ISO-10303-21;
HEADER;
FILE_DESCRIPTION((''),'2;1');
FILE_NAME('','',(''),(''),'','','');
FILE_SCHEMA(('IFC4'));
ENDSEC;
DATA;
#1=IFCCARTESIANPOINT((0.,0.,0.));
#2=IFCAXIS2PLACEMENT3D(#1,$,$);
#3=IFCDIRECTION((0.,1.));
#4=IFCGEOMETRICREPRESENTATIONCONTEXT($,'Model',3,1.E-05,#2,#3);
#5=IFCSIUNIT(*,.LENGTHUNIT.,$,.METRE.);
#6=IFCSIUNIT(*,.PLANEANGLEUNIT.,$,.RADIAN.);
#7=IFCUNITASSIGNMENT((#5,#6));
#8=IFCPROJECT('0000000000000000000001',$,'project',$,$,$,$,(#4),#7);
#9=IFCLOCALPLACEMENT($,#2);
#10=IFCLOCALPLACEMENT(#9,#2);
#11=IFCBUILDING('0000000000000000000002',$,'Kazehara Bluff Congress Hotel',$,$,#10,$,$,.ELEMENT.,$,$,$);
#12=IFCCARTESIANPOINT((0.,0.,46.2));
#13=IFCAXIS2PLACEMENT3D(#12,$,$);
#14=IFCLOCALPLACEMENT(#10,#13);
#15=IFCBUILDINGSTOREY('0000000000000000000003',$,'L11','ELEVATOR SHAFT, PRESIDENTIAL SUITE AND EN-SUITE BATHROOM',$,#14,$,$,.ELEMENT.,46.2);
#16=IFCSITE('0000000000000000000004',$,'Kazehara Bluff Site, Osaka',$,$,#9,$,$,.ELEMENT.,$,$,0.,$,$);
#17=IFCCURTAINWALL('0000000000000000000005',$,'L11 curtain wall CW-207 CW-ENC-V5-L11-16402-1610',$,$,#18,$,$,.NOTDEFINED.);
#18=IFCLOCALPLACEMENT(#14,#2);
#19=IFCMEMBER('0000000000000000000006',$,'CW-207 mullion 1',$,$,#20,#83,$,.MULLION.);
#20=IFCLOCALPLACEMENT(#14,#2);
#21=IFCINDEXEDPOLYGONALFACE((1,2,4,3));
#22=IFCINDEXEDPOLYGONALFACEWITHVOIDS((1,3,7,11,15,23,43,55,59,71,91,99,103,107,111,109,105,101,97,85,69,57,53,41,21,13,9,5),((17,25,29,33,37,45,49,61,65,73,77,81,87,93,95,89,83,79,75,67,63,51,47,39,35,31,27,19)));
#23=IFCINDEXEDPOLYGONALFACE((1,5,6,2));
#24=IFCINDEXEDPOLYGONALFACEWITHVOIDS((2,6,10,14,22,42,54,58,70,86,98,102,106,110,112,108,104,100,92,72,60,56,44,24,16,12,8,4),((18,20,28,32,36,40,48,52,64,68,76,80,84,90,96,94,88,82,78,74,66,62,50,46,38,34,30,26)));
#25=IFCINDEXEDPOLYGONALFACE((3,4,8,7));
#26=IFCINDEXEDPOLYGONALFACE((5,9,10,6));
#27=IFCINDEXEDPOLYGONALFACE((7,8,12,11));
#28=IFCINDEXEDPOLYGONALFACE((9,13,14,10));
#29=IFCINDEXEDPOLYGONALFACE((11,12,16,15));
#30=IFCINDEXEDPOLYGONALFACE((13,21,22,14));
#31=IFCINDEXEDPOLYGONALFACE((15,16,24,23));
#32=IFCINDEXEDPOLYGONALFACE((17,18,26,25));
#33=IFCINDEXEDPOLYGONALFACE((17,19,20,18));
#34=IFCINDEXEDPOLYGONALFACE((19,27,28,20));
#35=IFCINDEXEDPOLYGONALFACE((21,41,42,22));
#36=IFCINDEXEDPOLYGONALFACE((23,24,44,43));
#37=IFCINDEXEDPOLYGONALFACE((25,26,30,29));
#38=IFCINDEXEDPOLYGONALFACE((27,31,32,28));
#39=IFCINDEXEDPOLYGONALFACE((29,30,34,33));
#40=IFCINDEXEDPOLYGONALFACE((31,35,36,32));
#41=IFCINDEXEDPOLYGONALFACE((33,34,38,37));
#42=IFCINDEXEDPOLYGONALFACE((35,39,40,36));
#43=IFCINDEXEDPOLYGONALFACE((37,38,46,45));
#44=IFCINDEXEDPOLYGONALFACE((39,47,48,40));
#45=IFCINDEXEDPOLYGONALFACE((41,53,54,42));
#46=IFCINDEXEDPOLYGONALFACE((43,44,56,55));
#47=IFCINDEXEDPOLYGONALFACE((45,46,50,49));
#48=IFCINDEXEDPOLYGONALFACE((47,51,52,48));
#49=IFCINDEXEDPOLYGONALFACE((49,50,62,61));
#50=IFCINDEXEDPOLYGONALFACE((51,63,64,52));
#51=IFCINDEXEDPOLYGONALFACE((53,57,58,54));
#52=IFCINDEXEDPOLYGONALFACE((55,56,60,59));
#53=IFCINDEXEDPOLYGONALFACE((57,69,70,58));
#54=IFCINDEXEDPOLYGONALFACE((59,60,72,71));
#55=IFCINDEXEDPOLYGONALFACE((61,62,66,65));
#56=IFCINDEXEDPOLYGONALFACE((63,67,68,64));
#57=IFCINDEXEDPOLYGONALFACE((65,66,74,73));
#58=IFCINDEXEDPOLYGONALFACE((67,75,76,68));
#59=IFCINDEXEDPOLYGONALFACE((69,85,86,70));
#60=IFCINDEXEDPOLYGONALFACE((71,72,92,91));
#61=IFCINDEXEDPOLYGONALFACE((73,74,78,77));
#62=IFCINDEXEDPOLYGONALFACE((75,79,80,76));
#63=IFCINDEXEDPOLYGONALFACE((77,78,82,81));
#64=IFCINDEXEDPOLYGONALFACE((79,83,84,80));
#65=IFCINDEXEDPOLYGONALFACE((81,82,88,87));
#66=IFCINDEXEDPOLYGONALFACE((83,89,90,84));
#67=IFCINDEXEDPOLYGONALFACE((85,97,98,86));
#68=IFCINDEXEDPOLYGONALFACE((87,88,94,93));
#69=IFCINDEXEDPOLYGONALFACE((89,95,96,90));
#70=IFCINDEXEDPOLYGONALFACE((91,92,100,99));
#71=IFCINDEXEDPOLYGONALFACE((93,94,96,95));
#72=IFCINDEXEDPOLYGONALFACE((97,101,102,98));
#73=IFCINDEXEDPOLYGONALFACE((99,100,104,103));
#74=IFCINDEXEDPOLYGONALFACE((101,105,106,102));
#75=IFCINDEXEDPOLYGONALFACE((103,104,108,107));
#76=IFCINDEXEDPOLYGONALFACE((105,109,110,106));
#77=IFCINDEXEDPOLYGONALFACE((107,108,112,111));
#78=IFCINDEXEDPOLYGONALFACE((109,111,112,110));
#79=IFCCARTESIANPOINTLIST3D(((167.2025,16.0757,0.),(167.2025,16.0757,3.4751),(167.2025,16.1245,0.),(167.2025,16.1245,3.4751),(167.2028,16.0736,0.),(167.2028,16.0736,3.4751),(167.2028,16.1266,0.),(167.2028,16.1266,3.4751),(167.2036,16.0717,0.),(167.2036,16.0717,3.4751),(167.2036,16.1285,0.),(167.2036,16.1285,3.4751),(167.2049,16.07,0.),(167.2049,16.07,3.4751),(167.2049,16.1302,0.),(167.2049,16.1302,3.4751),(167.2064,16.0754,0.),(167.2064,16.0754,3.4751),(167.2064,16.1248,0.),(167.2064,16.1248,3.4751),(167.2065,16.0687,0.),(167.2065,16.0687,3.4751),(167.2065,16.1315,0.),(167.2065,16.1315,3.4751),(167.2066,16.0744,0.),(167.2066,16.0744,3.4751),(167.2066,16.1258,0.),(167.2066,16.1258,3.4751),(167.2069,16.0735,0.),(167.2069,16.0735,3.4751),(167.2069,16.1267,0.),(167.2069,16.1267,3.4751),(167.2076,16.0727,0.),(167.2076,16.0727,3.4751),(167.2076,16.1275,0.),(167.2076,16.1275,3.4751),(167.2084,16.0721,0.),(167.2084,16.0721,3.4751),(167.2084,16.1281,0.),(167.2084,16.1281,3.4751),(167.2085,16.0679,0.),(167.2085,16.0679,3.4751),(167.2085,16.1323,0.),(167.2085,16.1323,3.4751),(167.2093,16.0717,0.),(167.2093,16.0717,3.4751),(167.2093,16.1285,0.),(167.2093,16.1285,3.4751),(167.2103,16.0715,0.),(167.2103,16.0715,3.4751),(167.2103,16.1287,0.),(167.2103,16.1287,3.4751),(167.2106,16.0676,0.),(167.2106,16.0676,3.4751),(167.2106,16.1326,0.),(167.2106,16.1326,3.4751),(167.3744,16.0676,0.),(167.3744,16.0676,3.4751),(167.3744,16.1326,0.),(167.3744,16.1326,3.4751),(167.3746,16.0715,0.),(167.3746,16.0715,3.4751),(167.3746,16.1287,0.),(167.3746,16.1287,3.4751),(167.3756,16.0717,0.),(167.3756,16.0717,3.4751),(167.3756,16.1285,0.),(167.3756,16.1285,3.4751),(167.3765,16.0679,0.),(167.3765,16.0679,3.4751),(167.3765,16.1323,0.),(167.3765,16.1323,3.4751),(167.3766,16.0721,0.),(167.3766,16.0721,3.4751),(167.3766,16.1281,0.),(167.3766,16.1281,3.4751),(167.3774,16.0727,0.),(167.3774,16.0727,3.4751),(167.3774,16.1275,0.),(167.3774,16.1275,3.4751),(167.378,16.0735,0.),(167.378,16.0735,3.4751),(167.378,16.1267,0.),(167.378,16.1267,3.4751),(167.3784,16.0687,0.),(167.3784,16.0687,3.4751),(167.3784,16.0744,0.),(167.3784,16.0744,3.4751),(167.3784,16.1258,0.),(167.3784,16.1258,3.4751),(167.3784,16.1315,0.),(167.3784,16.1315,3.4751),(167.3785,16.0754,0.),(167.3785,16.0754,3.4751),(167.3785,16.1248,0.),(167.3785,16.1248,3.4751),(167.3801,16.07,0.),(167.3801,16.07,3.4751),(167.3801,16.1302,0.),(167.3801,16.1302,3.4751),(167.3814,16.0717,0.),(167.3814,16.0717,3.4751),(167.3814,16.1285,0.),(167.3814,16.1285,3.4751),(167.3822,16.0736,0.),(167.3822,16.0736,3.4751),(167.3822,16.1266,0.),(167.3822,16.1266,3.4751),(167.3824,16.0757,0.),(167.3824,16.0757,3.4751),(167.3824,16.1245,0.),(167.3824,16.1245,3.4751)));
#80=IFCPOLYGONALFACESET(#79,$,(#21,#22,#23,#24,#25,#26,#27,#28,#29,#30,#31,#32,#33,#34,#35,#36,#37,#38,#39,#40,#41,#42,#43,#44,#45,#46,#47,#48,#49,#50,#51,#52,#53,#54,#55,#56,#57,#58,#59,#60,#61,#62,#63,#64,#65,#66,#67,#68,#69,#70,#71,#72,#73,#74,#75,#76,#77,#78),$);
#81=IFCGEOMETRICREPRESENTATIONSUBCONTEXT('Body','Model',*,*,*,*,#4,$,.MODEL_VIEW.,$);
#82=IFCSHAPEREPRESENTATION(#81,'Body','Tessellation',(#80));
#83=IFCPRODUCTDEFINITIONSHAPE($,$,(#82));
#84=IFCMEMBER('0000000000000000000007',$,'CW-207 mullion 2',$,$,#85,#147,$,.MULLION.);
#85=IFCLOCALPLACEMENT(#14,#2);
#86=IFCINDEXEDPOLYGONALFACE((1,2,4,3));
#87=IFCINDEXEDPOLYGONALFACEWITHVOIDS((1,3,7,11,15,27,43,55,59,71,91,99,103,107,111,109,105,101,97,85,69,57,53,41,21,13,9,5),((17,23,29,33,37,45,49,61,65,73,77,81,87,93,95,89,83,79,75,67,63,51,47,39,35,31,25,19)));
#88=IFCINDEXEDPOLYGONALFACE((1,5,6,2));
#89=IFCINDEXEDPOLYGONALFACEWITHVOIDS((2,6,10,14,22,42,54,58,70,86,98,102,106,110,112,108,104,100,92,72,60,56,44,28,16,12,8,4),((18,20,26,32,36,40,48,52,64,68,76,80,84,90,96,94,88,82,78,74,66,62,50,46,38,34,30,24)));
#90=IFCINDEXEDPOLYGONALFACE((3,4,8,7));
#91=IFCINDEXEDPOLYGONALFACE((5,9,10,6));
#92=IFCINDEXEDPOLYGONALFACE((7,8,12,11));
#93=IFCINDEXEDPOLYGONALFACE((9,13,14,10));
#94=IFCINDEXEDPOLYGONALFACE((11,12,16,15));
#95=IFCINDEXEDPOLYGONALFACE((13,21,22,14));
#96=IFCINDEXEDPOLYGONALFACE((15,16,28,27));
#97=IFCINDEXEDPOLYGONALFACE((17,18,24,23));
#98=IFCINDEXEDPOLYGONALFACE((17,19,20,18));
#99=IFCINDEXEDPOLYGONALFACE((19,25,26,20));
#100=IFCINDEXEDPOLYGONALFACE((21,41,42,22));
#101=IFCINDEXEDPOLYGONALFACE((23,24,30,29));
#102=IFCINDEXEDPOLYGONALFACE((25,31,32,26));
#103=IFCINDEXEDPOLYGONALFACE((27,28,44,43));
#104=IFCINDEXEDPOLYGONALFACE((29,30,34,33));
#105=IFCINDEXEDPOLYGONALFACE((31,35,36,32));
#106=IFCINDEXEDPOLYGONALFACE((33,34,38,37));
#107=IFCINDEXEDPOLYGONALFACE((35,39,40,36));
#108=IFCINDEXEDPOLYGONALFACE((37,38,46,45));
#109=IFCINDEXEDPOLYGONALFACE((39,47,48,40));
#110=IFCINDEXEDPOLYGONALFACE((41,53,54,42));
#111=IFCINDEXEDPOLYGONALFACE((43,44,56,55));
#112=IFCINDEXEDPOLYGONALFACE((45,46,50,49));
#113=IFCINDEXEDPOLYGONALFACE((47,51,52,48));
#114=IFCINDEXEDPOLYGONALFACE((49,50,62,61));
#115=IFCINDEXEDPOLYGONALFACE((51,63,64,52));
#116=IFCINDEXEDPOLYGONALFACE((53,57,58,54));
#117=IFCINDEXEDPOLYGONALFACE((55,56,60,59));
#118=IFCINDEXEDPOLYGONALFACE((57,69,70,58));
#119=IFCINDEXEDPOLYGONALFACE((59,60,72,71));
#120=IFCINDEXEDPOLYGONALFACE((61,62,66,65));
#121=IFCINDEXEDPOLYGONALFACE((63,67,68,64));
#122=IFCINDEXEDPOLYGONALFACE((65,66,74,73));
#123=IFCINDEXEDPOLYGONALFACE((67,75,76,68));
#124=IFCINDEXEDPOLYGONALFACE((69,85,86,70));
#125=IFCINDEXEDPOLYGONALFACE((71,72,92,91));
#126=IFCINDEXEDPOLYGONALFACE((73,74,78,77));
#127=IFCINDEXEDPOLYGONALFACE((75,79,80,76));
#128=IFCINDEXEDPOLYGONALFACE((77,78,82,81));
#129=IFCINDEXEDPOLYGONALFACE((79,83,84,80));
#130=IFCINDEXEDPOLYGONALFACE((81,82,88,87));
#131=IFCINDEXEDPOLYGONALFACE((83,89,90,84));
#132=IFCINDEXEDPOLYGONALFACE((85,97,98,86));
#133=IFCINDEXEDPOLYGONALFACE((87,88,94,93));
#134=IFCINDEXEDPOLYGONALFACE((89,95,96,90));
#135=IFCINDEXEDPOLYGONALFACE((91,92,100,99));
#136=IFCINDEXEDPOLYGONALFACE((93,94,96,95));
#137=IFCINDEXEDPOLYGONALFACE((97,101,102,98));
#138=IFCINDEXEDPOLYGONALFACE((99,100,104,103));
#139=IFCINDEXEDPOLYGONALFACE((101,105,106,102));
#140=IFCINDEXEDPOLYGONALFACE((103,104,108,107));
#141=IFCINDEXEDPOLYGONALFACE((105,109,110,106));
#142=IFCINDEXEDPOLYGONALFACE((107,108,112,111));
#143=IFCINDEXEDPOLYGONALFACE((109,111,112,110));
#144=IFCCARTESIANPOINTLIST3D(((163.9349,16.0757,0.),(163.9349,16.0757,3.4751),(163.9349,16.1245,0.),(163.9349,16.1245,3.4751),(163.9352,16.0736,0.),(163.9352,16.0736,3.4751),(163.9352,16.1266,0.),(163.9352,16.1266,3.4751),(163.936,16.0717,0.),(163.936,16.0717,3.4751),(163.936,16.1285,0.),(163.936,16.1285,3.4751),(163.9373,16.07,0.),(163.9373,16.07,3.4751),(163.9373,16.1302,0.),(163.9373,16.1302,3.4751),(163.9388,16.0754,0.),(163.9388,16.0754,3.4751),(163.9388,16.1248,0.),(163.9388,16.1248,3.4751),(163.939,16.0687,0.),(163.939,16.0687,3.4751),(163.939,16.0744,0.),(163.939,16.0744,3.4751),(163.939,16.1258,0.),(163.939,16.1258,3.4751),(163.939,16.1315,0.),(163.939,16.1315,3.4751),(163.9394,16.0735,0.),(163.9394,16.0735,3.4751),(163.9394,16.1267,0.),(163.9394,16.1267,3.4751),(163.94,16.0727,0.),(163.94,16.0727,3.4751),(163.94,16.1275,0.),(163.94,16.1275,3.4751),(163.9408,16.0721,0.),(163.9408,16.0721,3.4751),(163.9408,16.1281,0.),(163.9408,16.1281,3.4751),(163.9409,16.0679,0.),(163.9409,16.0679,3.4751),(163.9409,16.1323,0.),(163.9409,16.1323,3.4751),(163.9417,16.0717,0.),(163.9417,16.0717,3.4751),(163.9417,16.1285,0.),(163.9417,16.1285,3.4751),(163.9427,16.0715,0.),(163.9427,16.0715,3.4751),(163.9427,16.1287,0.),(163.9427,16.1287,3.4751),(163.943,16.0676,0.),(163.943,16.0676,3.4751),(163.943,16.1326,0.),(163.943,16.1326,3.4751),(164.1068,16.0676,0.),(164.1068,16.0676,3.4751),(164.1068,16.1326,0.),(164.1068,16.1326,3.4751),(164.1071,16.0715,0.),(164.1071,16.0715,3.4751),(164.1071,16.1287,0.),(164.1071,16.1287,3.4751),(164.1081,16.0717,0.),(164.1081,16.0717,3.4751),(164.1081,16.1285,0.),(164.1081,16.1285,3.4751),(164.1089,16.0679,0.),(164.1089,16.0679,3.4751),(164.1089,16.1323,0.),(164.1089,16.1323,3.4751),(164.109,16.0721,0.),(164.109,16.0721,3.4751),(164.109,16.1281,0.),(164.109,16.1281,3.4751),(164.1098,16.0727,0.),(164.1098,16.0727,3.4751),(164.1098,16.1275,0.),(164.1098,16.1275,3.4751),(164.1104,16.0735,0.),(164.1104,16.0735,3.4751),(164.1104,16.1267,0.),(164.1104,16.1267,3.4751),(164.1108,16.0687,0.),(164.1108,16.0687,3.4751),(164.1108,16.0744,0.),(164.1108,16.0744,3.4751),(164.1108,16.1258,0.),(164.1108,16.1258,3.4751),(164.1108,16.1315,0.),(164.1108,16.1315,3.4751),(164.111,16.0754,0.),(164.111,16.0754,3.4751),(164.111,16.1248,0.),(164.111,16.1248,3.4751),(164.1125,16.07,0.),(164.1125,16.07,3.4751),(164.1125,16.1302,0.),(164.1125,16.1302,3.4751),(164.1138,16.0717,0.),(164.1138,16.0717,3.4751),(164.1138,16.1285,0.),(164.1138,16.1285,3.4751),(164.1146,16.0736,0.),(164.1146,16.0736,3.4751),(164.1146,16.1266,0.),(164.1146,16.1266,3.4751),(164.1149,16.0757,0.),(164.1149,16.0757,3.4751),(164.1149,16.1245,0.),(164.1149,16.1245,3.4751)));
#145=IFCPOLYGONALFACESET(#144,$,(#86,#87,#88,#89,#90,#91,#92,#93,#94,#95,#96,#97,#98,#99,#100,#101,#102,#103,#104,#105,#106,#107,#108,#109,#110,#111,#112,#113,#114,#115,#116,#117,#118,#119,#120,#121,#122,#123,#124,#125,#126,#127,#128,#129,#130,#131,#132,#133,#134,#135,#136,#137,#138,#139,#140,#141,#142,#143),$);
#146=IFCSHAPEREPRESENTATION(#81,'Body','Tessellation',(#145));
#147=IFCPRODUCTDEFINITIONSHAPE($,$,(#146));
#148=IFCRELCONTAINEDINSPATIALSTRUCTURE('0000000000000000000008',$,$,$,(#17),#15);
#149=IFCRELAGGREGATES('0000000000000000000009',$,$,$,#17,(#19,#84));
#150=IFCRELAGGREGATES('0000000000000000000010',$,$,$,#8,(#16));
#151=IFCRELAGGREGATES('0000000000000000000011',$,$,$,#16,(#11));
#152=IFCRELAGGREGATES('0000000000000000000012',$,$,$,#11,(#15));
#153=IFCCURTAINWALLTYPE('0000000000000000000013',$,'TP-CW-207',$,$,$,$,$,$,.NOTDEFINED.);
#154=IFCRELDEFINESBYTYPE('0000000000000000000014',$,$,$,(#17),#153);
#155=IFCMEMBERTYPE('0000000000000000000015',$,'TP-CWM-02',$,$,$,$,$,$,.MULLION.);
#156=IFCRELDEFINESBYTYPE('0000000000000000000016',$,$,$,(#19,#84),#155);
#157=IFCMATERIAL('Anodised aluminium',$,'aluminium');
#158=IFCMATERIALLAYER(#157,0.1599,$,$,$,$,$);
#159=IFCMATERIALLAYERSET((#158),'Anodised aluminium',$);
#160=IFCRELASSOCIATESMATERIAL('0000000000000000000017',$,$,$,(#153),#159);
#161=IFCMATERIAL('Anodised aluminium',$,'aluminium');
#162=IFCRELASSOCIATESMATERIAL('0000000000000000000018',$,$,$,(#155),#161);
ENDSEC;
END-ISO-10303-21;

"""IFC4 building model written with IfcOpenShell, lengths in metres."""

from ifc_helpers import new_model, si_unit, direction, frame, origin, origin_2d, place, context, subcontext, project, spatial, hollow_rectangle, extrude, material, layer, layer_set, material_profile, profile_set, type_object, element, aggregate, save


model = new_model("IFC4")

# Units and contexts
model_context = context("Model", 3, precision=1e-05, world=origin(), true_north=direction((0.0, 1.0)))
body_context = subcontext(model_context, "Body", "Model", "MODEL_VIEW")
ifc_project = project(units=[si_unit("LENGTHUNIT", "METRE"), si_unit("PLANEANGLEUNIT", "RADIAN")], contexts=[model_context])

# Site, building, storey
site_placement = place(None, origin())
site = spatial("IfcSite", under=ifc_project, at=site_placement, Name="Kazehara Bluff Site, Osaka", CompositionType="ELEMENT", RefElevation=0.0)
building_placement = place(site_placement, origin())
building = spatial("IfcBuilding", under=site, at=building_placement, Name="Kazehara Bluff Congress Hotel", CompositionType="ELEMENT")
storey_placement = place(building_placement, frame((0.0, 0.0, 46.2)))
storey = spatial("IfcBuildingStorey", under=building, at=storey_placement, Name="L11", Description="ELEVATOR SHAFT, PRESIDENTIAL SUITE AND EN-SUITE BATHROOM", CompositionType="ELEMENT", Elevation=46.2)

# Curtain wall, members
ifc_material_1 = material(Name="Anodised aluminium", Category="aluminium")
ifc_layer_1 = layer(ifc_material_1, 0.1599)
ifc_layer_set_1 = layer_set([ifc_layer_1], Name="Anodised aluminium")
curtain_wall_type_1 = type_object("IfcCurtainWallType", Name="TP-CW-207", PredefinedType="NOTDEFINED", material=ifc_layer_set_1)
curtain_wall_1_placement = place(storey_placement, origin())
curtain_wall_1 = element("IfcCurtainWall", 1, at=curtain_wall_1_placement, inside=storey, type_object=curtain_wall_type_1, Name="L11 curtain wall CW-207 CW-ENC-V5-L11-16402-1610", PredefinedType="NOTDEFINED")
ifc_material_2 = material(Name="Anodised aluminium", Category="aluminium")
ifc_material_profile_1 = material_profile(ifc_material_2, hollow_rectangle(XDim=0.0649, YDim=0.1799, WallThickness=0.0039, InnerFilletRadius=0.0039, OuterFilletRadius=0.0081, at=origin_2d()))
ifc_profile_set_1 = profile_set([ifc_material_profile_1], Name="Anodised aluminium")
member_type_1 = type_object("IfcMemberType", Name="TP-CWM-02", PredefinedType="MULLION", material=ifc_profile_set_1)
member_1_placement = place(storey_placement, frame((167.2925, 16.1001, 0.0), z_axis=(0.0, 0.0, 1.0), x_axis=(0.0, -1.0, 0.0)))
member_1 = element("IfcMember", 2, at=member_1_placement, type_object=member_type_1, Name="CW-207 mullion 1", PredefinedType="MULLION", context=body_context, shape_type="SweptSolid", body=[
    extrude(hollow_rectangle(XDim=0.0649, YDim=0.1799, WallThickness=0.0039, InnerFilletRadius=0.0039, OuterFilletRadius=0.0081, at=origin_2d()), origin(), (0.0, 0.0, 1.0), 3.4751),
])
member_2_placement = place(storey_placement, frame((164.0249, 16.1001, 0.0), z_axis=(0.0, 0.0, 1.0), x_axis=(0.0, -1.0, 0.0)))
member_2 = element("IfcMember", 3, at=member_2_placement, type_object=member_type_1, Name="CW-207 mullion 2", PredefinedType="MULLION", context=body_context, shape_type="SweptSolid", body=[
    extrude(hollow_rectangle(XDim=0.0649, YDim=0.1799, WallThickness=0.0039, InnerFilletRadius=0.0039, OuterFilletRadius=0.0081, at=origin_2d()), origin(), (0.0, 0.0, 1.0), 3.4751),
])

aggregate(curtain_wall_1, [member_1, member_2])

save(model, "model.ifc")
